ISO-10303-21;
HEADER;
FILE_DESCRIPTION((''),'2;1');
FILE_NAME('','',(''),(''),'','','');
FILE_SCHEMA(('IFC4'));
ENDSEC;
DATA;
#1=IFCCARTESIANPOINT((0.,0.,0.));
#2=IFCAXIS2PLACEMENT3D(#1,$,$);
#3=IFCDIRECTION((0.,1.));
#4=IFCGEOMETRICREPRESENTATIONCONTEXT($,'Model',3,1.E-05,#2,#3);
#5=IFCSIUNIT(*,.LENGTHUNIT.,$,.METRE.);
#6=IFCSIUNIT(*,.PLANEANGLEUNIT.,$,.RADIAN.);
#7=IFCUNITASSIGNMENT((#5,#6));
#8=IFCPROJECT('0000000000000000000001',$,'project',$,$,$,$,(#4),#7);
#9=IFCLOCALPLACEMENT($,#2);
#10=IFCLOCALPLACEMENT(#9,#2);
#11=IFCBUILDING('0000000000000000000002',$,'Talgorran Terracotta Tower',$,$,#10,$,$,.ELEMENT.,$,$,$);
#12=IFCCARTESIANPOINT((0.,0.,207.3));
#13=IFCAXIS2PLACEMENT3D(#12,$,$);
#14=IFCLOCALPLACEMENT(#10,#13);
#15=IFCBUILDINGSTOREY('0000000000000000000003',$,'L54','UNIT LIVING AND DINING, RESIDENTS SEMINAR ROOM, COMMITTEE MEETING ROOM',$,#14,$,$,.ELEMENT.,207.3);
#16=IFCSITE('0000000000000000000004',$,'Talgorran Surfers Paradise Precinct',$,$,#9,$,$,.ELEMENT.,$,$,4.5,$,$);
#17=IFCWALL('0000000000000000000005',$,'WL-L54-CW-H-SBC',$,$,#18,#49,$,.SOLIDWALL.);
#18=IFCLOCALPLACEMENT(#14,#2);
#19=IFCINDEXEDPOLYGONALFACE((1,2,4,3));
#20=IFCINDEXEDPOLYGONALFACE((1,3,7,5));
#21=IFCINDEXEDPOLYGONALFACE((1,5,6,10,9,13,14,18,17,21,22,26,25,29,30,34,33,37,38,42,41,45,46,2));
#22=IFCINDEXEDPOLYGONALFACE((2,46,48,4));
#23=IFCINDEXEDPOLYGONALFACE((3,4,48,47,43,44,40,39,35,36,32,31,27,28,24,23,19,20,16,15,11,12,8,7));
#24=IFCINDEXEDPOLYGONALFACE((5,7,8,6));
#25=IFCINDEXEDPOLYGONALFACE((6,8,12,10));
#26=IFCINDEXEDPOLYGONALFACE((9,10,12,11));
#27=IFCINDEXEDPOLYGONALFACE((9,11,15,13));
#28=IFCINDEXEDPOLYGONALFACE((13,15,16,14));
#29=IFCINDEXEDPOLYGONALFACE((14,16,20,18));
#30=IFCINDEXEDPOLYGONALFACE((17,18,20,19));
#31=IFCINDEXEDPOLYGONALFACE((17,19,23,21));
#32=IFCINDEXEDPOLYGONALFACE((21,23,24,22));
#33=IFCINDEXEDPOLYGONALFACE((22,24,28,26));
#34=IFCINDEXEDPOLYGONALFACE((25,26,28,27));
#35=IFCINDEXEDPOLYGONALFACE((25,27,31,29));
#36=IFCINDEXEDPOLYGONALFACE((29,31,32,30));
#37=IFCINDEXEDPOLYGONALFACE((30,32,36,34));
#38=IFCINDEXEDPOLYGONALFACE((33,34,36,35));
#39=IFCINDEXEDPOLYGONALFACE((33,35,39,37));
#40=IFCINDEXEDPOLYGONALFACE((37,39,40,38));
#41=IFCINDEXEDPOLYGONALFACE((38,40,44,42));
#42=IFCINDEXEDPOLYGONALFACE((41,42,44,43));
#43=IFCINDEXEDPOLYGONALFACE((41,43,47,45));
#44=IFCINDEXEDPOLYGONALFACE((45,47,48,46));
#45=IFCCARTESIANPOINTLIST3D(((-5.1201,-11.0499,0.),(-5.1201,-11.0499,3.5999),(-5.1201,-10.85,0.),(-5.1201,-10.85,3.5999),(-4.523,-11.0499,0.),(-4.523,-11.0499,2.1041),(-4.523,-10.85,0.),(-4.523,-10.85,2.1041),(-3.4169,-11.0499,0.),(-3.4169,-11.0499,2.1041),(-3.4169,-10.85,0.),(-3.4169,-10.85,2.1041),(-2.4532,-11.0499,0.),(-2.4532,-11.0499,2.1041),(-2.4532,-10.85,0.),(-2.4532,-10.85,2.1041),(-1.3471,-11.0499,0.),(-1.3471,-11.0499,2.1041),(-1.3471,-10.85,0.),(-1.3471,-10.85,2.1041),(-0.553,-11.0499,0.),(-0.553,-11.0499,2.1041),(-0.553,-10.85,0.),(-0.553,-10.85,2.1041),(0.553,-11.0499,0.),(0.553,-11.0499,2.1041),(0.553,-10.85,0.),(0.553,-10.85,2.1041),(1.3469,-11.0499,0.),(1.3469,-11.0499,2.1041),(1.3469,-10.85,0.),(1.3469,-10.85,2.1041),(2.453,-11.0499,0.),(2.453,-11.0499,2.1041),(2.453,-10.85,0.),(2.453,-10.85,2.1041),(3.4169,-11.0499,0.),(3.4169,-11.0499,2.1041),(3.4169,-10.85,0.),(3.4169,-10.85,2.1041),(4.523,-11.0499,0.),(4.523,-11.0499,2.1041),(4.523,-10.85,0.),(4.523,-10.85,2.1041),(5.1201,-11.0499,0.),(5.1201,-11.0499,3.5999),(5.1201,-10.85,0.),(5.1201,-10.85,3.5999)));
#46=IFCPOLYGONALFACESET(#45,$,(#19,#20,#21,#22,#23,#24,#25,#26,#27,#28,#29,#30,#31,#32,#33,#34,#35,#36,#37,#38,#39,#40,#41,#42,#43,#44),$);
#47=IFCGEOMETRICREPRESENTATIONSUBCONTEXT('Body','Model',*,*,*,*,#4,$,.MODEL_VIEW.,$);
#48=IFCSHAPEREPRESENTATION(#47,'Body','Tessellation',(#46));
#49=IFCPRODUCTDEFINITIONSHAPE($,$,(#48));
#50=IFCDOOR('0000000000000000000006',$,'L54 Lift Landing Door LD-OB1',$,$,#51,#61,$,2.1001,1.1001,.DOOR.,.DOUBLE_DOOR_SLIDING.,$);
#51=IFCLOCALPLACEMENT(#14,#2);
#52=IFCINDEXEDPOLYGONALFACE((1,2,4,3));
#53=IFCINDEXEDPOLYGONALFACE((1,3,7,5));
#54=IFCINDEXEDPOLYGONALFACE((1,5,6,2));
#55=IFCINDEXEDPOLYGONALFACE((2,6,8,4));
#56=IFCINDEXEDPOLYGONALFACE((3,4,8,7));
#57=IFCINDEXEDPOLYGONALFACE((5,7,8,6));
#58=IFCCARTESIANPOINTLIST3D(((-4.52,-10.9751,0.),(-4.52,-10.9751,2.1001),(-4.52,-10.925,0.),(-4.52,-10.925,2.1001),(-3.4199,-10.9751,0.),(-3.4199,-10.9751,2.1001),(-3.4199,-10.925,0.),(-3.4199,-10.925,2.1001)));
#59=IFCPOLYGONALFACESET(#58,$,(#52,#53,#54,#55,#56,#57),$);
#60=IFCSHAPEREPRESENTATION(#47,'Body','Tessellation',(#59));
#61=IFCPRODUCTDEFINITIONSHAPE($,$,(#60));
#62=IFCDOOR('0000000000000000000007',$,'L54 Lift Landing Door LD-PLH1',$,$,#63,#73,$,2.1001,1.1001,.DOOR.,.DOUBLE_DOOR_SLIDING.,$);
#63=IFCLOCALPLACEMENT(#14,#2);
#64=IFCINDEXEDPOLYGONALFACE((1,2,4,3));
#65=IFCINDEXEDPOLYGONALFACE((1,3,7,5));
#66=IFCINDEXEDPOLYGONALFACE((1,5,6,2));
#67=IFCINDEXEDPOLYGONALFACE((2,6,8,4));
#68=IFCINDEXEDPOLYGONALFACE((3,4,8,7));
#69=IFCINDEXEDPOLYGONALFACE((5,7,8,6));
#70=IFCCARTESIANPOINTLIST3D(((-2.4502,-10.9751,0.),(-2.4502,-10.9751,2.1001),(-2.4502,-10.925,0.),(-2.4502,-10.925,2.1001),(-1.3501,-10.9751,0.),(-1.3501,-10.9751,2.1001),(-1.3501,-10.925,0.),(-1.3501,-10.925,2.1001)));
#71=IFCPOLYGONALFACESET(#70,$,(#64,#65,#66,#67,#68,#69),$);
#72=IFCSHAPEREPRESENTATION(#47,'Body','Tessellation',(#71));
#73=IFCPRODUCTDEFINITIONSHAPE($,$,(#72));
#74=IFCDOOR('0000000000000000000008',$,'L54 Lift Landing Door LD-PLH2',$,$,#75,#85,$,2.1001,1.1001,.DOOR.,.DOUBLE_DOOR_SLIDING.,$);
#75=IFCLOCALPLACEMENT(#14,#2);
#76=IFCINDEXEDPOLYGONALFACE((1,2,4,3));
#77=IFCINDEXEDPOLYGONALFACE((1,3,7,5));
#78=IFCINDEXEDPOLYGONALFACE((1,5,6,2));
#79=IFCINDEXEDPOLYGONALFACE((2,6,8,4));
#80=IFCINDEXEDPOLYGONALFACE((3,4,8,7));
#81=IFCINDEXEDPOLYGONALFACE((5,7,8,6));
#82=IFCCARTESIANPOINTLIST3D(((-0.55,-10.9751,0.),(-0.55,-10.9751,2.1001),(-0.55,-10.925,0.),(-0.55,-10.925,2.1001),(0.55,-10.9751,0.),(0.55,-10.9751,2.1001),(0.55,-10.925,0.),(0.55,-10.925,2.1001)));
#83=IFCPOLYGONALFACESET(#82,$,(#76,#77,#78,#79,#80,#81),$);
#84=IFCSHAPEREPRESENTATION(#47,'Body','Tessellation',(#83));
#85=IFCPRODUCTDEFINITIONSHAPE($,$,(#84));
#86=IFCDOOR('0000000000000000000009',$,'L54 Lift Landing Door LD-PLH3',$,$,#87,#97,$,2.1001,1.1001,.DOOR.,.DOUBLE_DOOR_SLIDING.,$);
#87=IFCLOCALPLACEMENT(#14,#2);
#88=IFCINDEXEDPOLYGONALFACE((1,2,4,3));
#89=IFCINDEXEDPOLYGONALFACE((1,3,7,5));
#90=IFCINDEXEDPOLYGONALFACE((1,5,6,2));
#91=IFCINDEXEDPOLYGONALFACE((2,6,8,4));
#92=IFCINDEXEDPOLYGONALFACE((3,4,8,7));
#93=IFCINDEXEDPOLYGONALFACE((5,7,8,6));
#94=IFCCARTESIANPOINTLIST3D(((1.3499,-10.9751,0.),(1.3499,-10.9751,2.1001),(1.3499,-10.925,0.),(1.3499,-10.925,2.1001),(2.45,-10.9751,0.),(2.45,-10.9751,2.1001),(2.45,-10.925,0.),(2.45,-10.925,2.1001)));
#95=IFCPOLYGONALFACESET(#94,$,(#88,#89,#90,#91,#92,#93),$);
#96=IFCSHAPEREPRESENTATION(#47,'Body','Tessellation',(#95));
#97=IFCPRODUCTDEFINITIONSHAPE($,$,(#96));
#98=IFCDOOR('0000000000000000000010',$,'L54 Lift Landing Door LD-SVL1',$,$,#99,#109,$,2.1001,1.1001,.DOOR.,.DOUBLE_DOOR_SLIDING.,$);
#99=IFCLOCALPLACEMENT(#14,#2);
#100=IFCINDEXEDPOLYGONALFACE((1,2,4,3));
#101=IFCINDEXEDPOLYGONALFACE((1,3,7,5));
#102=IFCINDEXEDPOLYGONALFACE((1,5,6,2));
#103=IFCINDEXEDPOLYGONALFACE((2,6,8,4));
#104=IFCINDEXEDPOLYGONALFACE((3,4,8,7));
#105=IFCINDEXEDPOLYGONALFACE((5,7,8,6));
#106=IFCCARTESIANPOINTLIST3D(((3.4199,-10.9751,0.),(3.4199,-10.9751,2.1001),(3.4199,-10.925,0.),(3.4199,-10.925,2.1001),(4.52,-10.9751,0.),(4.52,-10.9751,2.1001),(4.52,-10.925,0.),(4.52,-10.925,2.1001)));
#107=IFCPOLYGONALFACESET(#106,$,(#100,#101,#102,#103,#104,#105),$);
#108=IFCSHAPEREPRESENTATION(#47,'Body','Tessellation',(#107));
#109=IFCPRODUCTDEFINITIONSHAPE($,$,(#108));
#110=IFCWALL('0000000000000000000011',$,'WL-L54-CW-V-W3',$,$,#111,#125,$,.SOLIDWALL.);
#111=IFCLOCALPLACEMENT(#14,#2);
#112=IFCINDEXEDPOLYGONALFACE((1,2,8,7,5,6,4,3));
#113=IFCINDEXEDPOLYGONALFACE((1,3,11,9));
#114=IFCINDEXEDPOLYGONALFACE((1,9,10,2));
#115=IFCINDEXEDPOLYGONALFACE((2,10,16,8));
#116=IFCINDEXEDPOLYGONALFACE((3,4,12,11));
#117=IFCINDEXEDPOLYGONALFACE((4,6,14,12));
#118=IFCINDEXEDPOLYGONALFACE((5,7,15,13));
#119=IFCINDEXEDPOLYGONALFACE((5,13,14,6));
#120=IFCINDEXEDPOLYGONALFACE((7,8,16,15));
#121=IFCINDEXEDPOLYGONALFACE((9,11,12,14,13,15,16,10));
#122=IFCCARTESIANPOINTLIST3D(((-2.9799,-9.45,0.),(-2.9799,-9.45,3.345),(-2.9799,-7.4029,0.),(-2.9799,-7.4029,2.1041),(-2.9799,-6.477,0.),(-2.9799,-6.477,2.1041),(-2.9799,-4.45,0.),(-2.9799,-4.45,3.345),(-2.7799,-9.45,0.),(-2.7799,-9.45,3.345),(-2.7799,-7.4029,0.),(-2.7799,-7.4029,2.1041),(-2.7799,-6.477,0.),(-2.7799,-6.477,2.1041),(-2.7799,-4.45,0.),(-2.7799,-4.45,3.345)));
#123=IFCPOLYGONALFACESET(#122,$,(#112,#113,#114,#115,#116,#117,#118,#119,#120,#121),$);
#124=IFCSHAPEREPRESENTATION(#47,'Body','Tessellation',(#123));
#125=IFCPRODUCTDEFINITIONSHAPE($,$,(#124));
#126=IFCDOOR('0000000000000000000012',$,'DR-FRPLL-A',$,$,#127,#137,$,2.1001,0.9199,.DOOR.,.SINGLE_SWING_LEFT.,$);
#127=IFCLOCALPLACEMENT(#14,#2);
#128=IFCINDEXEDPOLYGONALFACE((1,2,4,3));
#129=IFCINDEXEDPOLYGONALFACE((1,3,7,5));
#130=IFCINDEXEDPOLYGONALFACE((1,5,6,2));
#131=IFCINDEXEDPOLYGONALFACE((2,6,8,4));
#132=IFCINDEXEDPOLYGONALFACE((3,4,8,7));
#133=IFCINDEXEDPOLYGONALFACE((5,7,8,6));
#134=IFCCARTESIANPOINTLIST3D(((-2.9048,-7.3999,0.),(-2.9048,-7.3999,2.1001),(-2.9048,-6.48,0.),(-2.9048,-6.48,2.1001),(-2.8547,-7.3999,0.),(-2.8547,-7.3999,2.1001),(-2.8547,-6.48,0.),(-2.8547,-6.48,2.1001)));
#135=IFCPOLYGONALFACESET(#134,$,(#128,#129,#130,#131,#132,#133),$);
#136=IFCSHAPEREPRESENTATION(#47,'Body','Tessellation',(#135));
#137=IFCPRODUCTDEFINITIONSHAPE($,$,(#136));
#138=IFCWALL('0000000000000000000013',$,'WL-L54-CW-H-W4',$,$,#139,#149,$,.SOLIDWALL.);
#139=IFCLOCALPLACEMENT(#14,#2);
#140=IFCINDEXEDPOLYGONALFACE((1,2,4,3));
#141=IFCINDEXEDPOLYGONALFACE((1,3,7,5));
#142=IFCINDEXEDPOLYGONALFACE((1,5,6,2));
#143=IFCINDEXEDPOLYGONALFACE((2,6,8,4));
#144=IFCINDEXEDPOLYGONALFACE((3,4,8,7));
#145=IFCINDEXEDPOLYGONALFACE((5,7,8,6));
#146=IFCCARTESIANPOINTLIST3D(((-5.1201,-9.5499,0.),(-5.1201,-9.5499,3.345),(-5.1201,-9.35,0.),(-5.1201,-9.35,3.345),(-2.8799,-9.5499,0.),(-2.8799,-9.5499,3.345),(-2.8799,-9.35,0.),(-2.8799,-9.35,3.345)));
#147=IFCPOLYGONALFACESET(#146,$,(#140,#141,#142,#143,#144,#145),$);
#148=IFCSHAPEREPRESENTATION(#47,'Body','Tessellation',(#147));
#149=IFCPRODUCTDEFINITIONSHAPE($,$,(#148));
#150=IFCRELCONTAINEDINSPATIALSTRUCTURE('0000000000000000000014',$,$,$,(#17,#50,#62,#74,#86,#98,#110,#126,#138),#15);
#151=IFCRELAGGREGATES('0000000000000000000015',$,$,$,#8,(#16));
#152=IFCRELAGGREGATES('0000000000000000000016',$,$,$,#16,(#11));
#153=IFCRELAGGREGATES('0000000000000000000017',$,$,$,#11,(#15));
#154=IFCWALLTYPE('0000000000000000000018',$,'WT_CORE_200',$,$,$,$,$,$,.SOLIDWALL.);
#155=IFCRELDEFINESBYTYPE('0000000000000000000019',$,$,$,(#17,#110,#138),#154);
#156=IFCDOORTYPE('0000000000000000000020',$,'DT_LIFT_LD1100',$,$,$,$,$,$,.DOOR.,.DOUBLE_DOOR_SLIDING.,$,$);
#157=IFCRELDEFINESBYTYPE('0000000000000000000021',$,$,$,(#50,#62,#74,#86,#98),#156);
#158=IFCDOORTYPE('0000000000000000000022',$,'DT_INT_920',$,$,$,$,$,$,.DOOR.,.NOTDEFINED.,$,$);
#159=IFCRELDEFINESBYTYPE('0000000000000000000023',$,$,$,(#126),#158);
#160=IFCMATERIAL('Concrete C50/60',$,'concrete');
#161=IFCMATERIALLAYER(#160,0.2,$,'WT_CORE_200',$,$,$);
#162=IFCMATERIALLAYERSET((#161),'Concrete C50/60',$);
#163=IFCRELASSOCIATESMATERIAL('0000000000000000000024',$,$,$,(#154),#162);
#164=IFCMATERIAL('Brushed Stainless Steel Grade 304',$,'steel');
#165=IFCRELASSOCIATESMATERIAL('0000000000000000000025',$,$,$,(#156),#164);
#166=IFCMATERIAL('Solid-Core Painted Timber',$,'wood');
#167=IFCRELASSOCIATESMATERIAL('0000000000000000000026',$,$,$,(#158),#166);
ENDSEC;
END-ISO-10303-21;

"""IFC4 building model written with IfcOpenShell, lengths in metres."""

from ifc_helpers import new_model, si_unit, direction, frame, frame_2d, origin, place, context, subcontext, project, spatial, rectangle, extrude, material, layer, layer_set, type_object, element, fill, save


model = new_model("IFC4")

# Units and contexts
model_context = context("Model", 3, precision=1e-05, world=origin(), true_north=direction((0.0, 1.0)))
body_context = subcontext(model_context, "Body", "Model", "MODEL_VIEW")
ifc_project = project(units=[si_unit("LENGTHUNIT", "METRE"), si_unit("PLANEANGLEUNIT", "RADIAN")], contexts=[model_context])

# Site, building, storey
site_placement = place(None, origin())
site = spatial("IfcSite", under=ifc_project, at=site_placement, Name="Talgorran Surfers Paradise Precinct", CompositionType="ELEMENT", RefElevation=4.5)
building_placement = place(site_placement, origin())
building = spatial("IfcBuilding", under=site, at=building_placement, Name="Talgorran Terracotta Tower", CompositionType="ELEMENT")
storey_placement = place(building_placement, frame((0.0, 0.0, 207.3)))
storey = spatial("IfcBuildingStorey", under=building, at=storey_placement, Name="L54", Description="UNIT LIVING AND DINING, RESIDENTS SEMINAR ROOM, COMMITTEE MEETING ROOM", CompositionType="ELEMENT", Elevation=207.3)

# Shared definitions
ifc_material_1 = material(Name="Concrete C50/60", Category="concrete")

# Wall, openings, doors
ifc_layer_1 = layer(ifc_material_1, 0.2, Name="WT_CORE_200")
ifc_layer_set_1 = layer_set([ifc_layer_1], Name="Concrete C50/60")
wall_type_1 = type_object("IfcWallType", Name="WT_CORE_200", PredefinedType="SOLIDWALL", material=ifc_layer_set_1)
ifc_material_2 = material(Name="Brushed Stainless Steel Grade 304", Category="steel")
door_type_1 = type_object("IfcDoorType", Name="DT_LIFT_LD1100", OperationType="DOUBLE_DOOR_SLIDING", PredefinedType="DOOR", material=ifc_material_2)
wall_1_placement = place(storey_placement, frame((-5.1201, -10.95, 0.0), z_axis=(0.0, 0.0, 1.0), x_axis=(1.0, 0.0, 0.0)))
wall_1 = element("IfcWall", 1, at=wall_1_placement, inside=storey, type_object=wall_type_1, Name="WL-L54-CW-H-SBC", PredefinedType="SOLIDWALL", context=body_context, shape_type="SweptSolid", body=[
    extrude(rectangle(XDim=10.2402, YDim=0.2, at=frame_2d((5.1201, 0.0))), origin(), (0.0, 0.0, 1.0), 3.5999),
])
opening_1_placement = place(wall_1_placement, frame((0.6001, 0.0, 0.0)))
opening_1 = element("IfcOpeningElement", 2, at=opening_1_placement, cuts=wall_1, PredefinedType="OPENING", context=body_context, shape_type="SweptSolid", body=[
    extrude(rectangle(XDim=1.1061, YDim=2.1041, at=frame_2d((0.55, 1.052))), frame((0.0, 0.1099, 0.0), z_axis=(0.0, -1.0, 0.0), x_axis=(1.0, 0.0, 0.0)), (0.0, 0.0, 1.0), 0.22),
])
opening_2_placement = place(wall_1_placement, frame((2.6699, 0.0, 0.0)))
opening_2 = element("IfcOpeningElement", 3, at=opening_2_placement, cuts=wall_1, PredefinedType="OPENING", context=body_context, shape_type="SweptSolid", body=[
    extrude(rectangle(XDim=1.1061, YDim=2.1041, at=frame_2d((0.55, 1.052))), frame((0.0, 0.1099, 0.0), z_axis=(0.0, -1.0, 0.0), x_axis=(1.0, 0.0, 0.0)), (0.0, 0.0, 1.0), 0.22),
])
opening_3_placement = place(wall_1_placement, frame((4.5701, 0.0, 0.0)))
opening_3 = element("IfcOpeningElement", 4, at=opening_3_placement, cuts=wall_1, PredefinedType="OPENING", context=body_context, shape_type="SweptSolid", body=[
    extrude(rectangle(XDim=1.1061, YDim=2.1041, at=frame_2d((0.55, 1.052))), frame((0.0, 0.1099, 0.0), z_axis=(0.0, -1.0, 0.0), x_axis=(1.0, 0.0, 0.0)), (0.0, 0.0, 1.0), 0.22),
])
opening_4_placement = place(wall_1_placement, frame((6.47, 0.0, 0.0)))
opening_4 = element("IfcOpeningElement", 5, at=opening_4_placement, cuts=wall_1, PredefinedType="OPENING", context=body_context, shape_type="SweptSolid", body=[
    extrude(rectangle(XDim=1.1061, YDim=2.1041, at=frame_2d((0.55, 1.052))), frame((0.0, 0.1099, 0.0), z_axis=(0.0, -1.0, 0.0), x_axis=(1.0, 0.0, 0.0)), (0.0, 0.0, 1.0), 0.22),
])
opening_5_placement = place(wall_1_placement, frame((8.54, 0.0, 0.0)))
opening_5 = element("IfcOpeningElement", 6, at=opening_5_placement, cuts=wall_1, PredefinedType="OPENING", context=body_context, shape_type="SweptSolid", body=[
    extrude(rectangle(XDim=1.1061, YDim=2.1041, at=frame_2d((0.55, 1.052))), frame((0.0, 0.1099, 0.0), z_axis=(0.0, -1.0, 0.0), x_axis=(1.0, 0.0, 0.0)), (0.0, 0.0, 1.0), 0.22),
])
door_1_placement = place(opening_1_placement, origin())
door_1 = element("IfcDoor", 7, at=door_1_placement, inside=storey, type_object=door_type_1, Name="L54 Lift Landing Door LD-OB1", OperationType="DOUBLE_DOOR_SLIDING", OverallHeight=2.1001, OverallWidth=1.1001, PredefinedType="DOOR", context=body_context, shape_type="SweptSolid", body=[
    extrude(rectangle(XDim=1.1001, YDim=2.1001, at=frame_2d((0.55, 1.05))), frame((0.0, 0.0249, 0.0), z_axis=(0.0, -1.0, 0.0), x_axis=(1.0, 0.0, 0.0)), (0.0, 0.0, 1.0), 0.05),
])
fill(opening_1, door_1)
door_2_placement = place(opening_2_placement, origin())
door_2 = element("IfcDoor", 8, at=door_2_placement, inside=storey, type_object=door_type_1, Name="L54 Lift Landing Door LD-PLH1", OperationType="DOUBLE_DOOR_SLIDING", OverallHeight=2.1001, OverallWidth=1.1001, PredefinedType="DOOR", context=body_context, shape_type="SweptSolid", body=[
    extrude(rectangle(XDim=1.1001, YDim=2.1001, at=frame_2d((0.55, 1.05))), frame((0.0, 0.0249, 0.0), z_axis=(0.0, -1.0, 0.0), x_axis=(1.0, 0.0, 0.0)), (0.0, 0.0, 1.0), 0.05),
])
fill(opening_2, door_2)
door_3_placement = place(opening_3_placement, origin())
door_3 = element("IfcDoor", 9, at=door_3_placement, inside=storey, type_object=door_type_1, Name="L54 Lift Landing Door LD-PLH2", OperationType="DOUBLE_DOOR_SLIDING", OverallHeight=2.1001, OverallWidth=1.1001, PredefinedType="DOOR", context=body_context, shape_type="SweptSolid", body=[
    extrude(rectangle(XDim=1.1001, YDim=2.1001, at=frame_2d((0.55, 1.05))), frame((0.0, 0.0249, 0.0), z_axis=(0.0, -1.0, 0.0), x_axis=(1.0, 0.0, 0.0)), (0.0, 0.0, 1.0), 0.05),
])
fill(opening_3, door_3)
door_4_placement = place(opening_4_placement, origin())
door_4 = element("IfcDoor", 10, at=door_4_placement, inside=storey, type_object=door_type_1, Name="L54 Lift Landing Door LD-PLH3", OperationType="DOUBLE_DOOR_SLIDING", OverallHeight=2.1001, OverallWidth=1.1001, PredefinedType="DOOR", context=body_context, shape_type="SweptSolid", body=[
    extrude(rectangle(XDim=1.1001, YDim=2.1001, at=frame_2d((0.55, 1.05))), frame((0.0, 0.0249, 0.0), z_axis=(0.0, -1.0, 0.0), x_axis=(1.0, 0.0, 0.0)), (0.0, 0.0, 1.0), 0.05),
])
fill(opening_4, door_4)
door_5_placement = place(opening_5_placement, origin())
door_5 = element("IfcDoor", 11, at=door_5_placement, inside=storey, type_object=door_type_1, Name="L54 Lift Landing Door LD-SVL1", OperationType="DOUBLE_DOOR_SLIDING", OverallHeight=2.1001, OverallWidth=1.1001, PredefinedType="DOOR", context=body_context, shape_type="SweptSolid", body=[
    extrude(rectangle(XDim=1.1001, YDim=2.1001, at=frame_2d((0.55, 1.05))), frame((0.0, 0.0249, 0.0), z_axis=(0.0, -1.0, 0.0), x_axis=(1.0, 0.0, 0.0)), (0.0, 0.0, 1.0), 0.05),
])
fill(opening_5, door_5)

# Wall, opening, door
wall_2_placement = place(storey_placement, frame((-2.8799, -9.45, 0.0), z_axis=(0.0, 0.0, 1.0), x_axis=(0.0, 1.0, 0.0)))
wall_2 = element("IfcWall", 12, at=wall_2_placement, inside=storey, type_object=wall_type_1, Name="WL-L54-CW-V-W3", PredefinedType="SOLIDWALL", context=body_context, shape_type="SweptSolid", body=[
    extrude(rectangle(XDim=5.0, YDim=0.2, at=frame_2d((2.5, 0.0))), origin(), (0.0, 0.0, 1.0), 3.345),
])
opening_6_placement = place(wall_2_placement, frame((2.05, 0.0, 0.0)))
opening_6 = element("IfcOpeningElement", 13, at=opening_6_placement, cuts=wall_2, PredefinedType="OPENING", context=body_context, shape_type="SweptSolid", body=[
    extrude(rectangle(XDim=0.9259, YDim=2.1041, at=frame_2d((0.46, 1.052))), frame((0.0, 0.1099, 0.0), z_axis=(0.0, -1.0, 0.0), x_axis=(1.0, 0.0, 0.0)), (0.0, 0.0, 1.0), 0.22),
])
ifc_material_3 = material(Name="Solid-Core Painted Timber", Category="wood")
door_type_2 = type_object("IfcDoorType", Name="DT_INT_920", OperationType="NOTDEFINED", PredefinedType="DOOR", material=ifc_material_3)
door_6_placement = place(opening_6_placement, origin())
door_6 = element("IfcDoor", 14, at=door_6_placement, inside=storey, type_object=door_type_2, Name="DR-FRPLL-A", OperationType="SINGLE_SWING_LEFT", OverallHeight=2.1001, OverallWidth=0.9199, PredefinedType="DOOR", context=body_context, shape_type="SweptSolid", body=[
    extrude(rectangle(XDim=0.9199, YDim=2.1001, at=frame_2d((0.46, 1.05))), frame((0.0, 0.0249, 0.0), z_axis=(0.0, -1.0, 0.0), x_axis=(1.0, 0.0, 0.0)), (0.0, 0.0, 1.0), 0.05),
])
fill(opening_6, door_6)

# Wall
wall_3_placement = place(storey_placement, frame((-5.1201, -9.45, 0.0), z_axis=(0.0, 0.0, 1.0), x_axis=(1.0, 0.0, 0.0)))
element("IfcWall", 15, at=wall_3_placement, inside=storey, type_object=wall_type_1, Name="WL-L54-CW-H-W4", PredefinedType="SOLIDWALL", context=body_context, shape_type="SweptSolid", body=[
    extrude(rectangle(XDim=2.2402, YDim=0.2, at=frame_2d((1.1201, 0.0))), origin(), (0.0, 0.0, 1.0), 3.345),
])

save(model, "model.ifc")
